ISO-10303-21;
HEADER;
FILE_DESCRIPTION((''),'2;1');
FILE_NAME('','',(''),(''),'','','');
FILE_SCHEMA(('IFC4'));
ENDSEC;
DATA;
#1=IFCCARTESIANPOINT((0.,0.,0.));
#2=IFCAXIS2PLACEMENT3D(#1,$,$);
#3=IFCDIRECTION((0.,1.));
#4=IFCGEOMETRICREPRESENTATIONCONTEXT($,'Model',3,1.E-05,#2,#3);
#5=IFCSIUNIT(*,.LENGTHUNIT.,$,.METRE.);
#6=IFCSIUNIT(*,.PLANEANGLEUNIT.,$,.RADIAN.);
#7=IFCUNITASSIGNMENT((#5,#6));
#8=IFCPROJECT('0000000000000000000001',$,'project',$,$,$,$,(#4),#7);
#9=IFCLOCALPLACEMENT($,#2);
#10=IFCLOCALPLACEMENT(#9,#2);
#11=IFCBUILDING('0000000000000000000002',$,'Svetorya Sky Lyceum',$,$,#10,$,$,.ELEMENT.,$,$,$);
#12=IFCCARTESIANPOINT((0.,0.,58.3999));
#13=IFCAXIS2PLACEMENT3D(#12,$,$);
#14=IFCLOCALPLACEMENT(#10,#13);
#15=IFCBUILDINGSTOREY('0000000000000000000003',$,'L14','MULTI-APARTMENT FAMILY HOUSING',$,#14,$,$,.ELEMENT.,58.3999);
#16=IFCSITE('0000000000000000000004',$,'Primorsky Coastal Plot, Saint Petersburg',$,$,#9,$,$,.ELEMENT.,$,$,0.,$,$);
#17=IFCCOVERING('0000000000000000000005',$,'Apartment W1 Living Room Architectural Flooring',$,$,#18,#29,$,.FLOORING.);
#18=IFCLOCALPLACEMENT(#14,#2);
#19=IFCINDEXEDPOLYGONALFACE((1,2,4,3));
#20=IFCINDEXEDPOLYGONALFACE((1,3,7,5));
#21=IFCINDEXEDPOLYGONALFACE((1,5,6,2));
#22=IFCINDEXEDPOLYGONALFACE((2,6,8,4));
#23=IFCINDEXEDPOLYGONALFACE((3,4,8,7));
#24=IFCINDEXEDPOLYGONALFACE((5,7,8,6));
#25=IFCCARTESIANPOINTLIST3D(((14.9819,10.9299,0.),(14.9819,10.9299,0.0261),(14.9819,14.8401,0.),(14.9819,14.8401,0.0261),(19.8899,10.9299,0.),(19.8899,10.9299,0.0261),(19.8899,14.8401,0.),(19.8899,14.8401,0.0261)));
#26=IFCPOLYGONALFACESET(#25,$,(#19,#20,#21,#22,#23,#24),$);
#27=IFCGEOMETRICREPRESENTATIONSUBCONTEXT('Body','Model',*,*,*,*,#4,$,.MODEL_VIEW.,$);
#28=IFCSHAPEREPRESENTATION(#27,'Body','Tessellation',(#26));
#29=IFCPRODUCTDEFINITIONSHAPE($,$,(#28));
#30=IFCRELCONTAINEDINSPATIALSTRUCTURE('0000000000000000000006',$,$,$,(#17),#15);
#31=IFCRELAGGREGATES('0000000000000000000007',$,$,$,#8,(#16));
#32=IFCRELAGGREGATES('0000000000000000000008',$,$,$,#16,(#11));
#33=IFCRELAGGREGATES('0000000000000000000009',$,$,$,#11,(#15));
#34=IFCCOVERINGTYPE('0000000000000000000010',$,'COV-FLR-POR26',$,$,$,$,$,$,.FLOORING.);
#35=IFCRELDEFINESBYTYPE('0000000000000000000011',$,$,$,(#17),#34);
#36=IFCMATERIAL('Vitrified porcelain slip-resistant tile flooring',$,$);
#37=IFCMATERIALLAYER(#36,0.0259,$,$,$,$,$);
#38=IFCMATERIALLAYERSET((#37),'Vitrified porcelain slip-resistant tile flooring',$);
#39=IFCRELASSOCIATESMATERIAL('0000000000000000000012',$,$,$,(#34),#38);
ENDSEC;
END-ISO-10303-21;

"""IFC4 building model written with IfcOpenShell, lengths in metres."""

from ifc_helpers import new_model, si_unit, direction, frame, origin, place, context, subcontext, project, spatial, polyline, outline, extrude, material, layer, layer_set, type_object, element, save


model = new_model("IFC4")

# Units and contexts
model_context = context("Model", 3, precision=1e-05, world=origin(), true_north=direction((0.0, 1.0)))
body_context = subcontext(model_context, "Body", "Model", "MODEL_VIEW")
ifc_project = project(units=[si_unit("LENGTHUNIT", "METRE"), si_unit("PLANEANGLEUNIT", "RADIAN")], contexts=[model_context])

# Site, building, storey
site_placement = place(None, origin())
site = spatial("IfcSite", under=ifc_project, at=site_placement, Name="Primorsky Coastal Plot, Saint Petersburg", CompositionType="ELEMENT", RefElevation=0.0)
building_placement = place(site_placement, origin())
building = spatial("IfcBuilding", under=site, at=building_placement, Name="Svetorya Sky Lyceum", CompositionType="ELEMENT")
storey_placement = place(building_placement, frame((0.0, 0.0, 58.3999)))
storey = spatial("IfcBuildingStorey", under=building, at=storey_placement, Name="L14", Description="MULTI-APARTMENT FAMILY HOUSING", CompositionType="ELEMENT", Elevation=58.3999)

# Covering
ifc_material_1 = material(Name="Vitrified porcelain slip-resistant tile flooring")
ifc_layer_1 = layer(ifc_material_1, 0.0259)
ifc_layer_set_1 = layer_set([ifc_layer_1], Name="Vitrified porcelain slip-resistant tile flooring")
covering_type_1 = type_object("IfcCoveringType", Name="COV-FLR-POR26", PredefinedType="FLOORING", material=ifc_layer_set_1)
covering_1_placement = place(storey_placement, origin())
element("IfcCovering", 1, at=covering_1_placement, inside=storey, type_object=covering_type_1, Name="Apartment W1 Living Room Architectural Flooring", PredefinedType="FLOORING", context=body_context, shape_type="SweptSolid", body=[
    extrude(outline(polyline([(14.9819, 10.9299), (19.8899, 10.9299), (19.8899, 14.8401), (14.9819, 14.8401), (14.9819, 10.9299)])), origin(), (0.0, 0.0, 1.0), 0.0261),
])

save(model, "model.ifc")
